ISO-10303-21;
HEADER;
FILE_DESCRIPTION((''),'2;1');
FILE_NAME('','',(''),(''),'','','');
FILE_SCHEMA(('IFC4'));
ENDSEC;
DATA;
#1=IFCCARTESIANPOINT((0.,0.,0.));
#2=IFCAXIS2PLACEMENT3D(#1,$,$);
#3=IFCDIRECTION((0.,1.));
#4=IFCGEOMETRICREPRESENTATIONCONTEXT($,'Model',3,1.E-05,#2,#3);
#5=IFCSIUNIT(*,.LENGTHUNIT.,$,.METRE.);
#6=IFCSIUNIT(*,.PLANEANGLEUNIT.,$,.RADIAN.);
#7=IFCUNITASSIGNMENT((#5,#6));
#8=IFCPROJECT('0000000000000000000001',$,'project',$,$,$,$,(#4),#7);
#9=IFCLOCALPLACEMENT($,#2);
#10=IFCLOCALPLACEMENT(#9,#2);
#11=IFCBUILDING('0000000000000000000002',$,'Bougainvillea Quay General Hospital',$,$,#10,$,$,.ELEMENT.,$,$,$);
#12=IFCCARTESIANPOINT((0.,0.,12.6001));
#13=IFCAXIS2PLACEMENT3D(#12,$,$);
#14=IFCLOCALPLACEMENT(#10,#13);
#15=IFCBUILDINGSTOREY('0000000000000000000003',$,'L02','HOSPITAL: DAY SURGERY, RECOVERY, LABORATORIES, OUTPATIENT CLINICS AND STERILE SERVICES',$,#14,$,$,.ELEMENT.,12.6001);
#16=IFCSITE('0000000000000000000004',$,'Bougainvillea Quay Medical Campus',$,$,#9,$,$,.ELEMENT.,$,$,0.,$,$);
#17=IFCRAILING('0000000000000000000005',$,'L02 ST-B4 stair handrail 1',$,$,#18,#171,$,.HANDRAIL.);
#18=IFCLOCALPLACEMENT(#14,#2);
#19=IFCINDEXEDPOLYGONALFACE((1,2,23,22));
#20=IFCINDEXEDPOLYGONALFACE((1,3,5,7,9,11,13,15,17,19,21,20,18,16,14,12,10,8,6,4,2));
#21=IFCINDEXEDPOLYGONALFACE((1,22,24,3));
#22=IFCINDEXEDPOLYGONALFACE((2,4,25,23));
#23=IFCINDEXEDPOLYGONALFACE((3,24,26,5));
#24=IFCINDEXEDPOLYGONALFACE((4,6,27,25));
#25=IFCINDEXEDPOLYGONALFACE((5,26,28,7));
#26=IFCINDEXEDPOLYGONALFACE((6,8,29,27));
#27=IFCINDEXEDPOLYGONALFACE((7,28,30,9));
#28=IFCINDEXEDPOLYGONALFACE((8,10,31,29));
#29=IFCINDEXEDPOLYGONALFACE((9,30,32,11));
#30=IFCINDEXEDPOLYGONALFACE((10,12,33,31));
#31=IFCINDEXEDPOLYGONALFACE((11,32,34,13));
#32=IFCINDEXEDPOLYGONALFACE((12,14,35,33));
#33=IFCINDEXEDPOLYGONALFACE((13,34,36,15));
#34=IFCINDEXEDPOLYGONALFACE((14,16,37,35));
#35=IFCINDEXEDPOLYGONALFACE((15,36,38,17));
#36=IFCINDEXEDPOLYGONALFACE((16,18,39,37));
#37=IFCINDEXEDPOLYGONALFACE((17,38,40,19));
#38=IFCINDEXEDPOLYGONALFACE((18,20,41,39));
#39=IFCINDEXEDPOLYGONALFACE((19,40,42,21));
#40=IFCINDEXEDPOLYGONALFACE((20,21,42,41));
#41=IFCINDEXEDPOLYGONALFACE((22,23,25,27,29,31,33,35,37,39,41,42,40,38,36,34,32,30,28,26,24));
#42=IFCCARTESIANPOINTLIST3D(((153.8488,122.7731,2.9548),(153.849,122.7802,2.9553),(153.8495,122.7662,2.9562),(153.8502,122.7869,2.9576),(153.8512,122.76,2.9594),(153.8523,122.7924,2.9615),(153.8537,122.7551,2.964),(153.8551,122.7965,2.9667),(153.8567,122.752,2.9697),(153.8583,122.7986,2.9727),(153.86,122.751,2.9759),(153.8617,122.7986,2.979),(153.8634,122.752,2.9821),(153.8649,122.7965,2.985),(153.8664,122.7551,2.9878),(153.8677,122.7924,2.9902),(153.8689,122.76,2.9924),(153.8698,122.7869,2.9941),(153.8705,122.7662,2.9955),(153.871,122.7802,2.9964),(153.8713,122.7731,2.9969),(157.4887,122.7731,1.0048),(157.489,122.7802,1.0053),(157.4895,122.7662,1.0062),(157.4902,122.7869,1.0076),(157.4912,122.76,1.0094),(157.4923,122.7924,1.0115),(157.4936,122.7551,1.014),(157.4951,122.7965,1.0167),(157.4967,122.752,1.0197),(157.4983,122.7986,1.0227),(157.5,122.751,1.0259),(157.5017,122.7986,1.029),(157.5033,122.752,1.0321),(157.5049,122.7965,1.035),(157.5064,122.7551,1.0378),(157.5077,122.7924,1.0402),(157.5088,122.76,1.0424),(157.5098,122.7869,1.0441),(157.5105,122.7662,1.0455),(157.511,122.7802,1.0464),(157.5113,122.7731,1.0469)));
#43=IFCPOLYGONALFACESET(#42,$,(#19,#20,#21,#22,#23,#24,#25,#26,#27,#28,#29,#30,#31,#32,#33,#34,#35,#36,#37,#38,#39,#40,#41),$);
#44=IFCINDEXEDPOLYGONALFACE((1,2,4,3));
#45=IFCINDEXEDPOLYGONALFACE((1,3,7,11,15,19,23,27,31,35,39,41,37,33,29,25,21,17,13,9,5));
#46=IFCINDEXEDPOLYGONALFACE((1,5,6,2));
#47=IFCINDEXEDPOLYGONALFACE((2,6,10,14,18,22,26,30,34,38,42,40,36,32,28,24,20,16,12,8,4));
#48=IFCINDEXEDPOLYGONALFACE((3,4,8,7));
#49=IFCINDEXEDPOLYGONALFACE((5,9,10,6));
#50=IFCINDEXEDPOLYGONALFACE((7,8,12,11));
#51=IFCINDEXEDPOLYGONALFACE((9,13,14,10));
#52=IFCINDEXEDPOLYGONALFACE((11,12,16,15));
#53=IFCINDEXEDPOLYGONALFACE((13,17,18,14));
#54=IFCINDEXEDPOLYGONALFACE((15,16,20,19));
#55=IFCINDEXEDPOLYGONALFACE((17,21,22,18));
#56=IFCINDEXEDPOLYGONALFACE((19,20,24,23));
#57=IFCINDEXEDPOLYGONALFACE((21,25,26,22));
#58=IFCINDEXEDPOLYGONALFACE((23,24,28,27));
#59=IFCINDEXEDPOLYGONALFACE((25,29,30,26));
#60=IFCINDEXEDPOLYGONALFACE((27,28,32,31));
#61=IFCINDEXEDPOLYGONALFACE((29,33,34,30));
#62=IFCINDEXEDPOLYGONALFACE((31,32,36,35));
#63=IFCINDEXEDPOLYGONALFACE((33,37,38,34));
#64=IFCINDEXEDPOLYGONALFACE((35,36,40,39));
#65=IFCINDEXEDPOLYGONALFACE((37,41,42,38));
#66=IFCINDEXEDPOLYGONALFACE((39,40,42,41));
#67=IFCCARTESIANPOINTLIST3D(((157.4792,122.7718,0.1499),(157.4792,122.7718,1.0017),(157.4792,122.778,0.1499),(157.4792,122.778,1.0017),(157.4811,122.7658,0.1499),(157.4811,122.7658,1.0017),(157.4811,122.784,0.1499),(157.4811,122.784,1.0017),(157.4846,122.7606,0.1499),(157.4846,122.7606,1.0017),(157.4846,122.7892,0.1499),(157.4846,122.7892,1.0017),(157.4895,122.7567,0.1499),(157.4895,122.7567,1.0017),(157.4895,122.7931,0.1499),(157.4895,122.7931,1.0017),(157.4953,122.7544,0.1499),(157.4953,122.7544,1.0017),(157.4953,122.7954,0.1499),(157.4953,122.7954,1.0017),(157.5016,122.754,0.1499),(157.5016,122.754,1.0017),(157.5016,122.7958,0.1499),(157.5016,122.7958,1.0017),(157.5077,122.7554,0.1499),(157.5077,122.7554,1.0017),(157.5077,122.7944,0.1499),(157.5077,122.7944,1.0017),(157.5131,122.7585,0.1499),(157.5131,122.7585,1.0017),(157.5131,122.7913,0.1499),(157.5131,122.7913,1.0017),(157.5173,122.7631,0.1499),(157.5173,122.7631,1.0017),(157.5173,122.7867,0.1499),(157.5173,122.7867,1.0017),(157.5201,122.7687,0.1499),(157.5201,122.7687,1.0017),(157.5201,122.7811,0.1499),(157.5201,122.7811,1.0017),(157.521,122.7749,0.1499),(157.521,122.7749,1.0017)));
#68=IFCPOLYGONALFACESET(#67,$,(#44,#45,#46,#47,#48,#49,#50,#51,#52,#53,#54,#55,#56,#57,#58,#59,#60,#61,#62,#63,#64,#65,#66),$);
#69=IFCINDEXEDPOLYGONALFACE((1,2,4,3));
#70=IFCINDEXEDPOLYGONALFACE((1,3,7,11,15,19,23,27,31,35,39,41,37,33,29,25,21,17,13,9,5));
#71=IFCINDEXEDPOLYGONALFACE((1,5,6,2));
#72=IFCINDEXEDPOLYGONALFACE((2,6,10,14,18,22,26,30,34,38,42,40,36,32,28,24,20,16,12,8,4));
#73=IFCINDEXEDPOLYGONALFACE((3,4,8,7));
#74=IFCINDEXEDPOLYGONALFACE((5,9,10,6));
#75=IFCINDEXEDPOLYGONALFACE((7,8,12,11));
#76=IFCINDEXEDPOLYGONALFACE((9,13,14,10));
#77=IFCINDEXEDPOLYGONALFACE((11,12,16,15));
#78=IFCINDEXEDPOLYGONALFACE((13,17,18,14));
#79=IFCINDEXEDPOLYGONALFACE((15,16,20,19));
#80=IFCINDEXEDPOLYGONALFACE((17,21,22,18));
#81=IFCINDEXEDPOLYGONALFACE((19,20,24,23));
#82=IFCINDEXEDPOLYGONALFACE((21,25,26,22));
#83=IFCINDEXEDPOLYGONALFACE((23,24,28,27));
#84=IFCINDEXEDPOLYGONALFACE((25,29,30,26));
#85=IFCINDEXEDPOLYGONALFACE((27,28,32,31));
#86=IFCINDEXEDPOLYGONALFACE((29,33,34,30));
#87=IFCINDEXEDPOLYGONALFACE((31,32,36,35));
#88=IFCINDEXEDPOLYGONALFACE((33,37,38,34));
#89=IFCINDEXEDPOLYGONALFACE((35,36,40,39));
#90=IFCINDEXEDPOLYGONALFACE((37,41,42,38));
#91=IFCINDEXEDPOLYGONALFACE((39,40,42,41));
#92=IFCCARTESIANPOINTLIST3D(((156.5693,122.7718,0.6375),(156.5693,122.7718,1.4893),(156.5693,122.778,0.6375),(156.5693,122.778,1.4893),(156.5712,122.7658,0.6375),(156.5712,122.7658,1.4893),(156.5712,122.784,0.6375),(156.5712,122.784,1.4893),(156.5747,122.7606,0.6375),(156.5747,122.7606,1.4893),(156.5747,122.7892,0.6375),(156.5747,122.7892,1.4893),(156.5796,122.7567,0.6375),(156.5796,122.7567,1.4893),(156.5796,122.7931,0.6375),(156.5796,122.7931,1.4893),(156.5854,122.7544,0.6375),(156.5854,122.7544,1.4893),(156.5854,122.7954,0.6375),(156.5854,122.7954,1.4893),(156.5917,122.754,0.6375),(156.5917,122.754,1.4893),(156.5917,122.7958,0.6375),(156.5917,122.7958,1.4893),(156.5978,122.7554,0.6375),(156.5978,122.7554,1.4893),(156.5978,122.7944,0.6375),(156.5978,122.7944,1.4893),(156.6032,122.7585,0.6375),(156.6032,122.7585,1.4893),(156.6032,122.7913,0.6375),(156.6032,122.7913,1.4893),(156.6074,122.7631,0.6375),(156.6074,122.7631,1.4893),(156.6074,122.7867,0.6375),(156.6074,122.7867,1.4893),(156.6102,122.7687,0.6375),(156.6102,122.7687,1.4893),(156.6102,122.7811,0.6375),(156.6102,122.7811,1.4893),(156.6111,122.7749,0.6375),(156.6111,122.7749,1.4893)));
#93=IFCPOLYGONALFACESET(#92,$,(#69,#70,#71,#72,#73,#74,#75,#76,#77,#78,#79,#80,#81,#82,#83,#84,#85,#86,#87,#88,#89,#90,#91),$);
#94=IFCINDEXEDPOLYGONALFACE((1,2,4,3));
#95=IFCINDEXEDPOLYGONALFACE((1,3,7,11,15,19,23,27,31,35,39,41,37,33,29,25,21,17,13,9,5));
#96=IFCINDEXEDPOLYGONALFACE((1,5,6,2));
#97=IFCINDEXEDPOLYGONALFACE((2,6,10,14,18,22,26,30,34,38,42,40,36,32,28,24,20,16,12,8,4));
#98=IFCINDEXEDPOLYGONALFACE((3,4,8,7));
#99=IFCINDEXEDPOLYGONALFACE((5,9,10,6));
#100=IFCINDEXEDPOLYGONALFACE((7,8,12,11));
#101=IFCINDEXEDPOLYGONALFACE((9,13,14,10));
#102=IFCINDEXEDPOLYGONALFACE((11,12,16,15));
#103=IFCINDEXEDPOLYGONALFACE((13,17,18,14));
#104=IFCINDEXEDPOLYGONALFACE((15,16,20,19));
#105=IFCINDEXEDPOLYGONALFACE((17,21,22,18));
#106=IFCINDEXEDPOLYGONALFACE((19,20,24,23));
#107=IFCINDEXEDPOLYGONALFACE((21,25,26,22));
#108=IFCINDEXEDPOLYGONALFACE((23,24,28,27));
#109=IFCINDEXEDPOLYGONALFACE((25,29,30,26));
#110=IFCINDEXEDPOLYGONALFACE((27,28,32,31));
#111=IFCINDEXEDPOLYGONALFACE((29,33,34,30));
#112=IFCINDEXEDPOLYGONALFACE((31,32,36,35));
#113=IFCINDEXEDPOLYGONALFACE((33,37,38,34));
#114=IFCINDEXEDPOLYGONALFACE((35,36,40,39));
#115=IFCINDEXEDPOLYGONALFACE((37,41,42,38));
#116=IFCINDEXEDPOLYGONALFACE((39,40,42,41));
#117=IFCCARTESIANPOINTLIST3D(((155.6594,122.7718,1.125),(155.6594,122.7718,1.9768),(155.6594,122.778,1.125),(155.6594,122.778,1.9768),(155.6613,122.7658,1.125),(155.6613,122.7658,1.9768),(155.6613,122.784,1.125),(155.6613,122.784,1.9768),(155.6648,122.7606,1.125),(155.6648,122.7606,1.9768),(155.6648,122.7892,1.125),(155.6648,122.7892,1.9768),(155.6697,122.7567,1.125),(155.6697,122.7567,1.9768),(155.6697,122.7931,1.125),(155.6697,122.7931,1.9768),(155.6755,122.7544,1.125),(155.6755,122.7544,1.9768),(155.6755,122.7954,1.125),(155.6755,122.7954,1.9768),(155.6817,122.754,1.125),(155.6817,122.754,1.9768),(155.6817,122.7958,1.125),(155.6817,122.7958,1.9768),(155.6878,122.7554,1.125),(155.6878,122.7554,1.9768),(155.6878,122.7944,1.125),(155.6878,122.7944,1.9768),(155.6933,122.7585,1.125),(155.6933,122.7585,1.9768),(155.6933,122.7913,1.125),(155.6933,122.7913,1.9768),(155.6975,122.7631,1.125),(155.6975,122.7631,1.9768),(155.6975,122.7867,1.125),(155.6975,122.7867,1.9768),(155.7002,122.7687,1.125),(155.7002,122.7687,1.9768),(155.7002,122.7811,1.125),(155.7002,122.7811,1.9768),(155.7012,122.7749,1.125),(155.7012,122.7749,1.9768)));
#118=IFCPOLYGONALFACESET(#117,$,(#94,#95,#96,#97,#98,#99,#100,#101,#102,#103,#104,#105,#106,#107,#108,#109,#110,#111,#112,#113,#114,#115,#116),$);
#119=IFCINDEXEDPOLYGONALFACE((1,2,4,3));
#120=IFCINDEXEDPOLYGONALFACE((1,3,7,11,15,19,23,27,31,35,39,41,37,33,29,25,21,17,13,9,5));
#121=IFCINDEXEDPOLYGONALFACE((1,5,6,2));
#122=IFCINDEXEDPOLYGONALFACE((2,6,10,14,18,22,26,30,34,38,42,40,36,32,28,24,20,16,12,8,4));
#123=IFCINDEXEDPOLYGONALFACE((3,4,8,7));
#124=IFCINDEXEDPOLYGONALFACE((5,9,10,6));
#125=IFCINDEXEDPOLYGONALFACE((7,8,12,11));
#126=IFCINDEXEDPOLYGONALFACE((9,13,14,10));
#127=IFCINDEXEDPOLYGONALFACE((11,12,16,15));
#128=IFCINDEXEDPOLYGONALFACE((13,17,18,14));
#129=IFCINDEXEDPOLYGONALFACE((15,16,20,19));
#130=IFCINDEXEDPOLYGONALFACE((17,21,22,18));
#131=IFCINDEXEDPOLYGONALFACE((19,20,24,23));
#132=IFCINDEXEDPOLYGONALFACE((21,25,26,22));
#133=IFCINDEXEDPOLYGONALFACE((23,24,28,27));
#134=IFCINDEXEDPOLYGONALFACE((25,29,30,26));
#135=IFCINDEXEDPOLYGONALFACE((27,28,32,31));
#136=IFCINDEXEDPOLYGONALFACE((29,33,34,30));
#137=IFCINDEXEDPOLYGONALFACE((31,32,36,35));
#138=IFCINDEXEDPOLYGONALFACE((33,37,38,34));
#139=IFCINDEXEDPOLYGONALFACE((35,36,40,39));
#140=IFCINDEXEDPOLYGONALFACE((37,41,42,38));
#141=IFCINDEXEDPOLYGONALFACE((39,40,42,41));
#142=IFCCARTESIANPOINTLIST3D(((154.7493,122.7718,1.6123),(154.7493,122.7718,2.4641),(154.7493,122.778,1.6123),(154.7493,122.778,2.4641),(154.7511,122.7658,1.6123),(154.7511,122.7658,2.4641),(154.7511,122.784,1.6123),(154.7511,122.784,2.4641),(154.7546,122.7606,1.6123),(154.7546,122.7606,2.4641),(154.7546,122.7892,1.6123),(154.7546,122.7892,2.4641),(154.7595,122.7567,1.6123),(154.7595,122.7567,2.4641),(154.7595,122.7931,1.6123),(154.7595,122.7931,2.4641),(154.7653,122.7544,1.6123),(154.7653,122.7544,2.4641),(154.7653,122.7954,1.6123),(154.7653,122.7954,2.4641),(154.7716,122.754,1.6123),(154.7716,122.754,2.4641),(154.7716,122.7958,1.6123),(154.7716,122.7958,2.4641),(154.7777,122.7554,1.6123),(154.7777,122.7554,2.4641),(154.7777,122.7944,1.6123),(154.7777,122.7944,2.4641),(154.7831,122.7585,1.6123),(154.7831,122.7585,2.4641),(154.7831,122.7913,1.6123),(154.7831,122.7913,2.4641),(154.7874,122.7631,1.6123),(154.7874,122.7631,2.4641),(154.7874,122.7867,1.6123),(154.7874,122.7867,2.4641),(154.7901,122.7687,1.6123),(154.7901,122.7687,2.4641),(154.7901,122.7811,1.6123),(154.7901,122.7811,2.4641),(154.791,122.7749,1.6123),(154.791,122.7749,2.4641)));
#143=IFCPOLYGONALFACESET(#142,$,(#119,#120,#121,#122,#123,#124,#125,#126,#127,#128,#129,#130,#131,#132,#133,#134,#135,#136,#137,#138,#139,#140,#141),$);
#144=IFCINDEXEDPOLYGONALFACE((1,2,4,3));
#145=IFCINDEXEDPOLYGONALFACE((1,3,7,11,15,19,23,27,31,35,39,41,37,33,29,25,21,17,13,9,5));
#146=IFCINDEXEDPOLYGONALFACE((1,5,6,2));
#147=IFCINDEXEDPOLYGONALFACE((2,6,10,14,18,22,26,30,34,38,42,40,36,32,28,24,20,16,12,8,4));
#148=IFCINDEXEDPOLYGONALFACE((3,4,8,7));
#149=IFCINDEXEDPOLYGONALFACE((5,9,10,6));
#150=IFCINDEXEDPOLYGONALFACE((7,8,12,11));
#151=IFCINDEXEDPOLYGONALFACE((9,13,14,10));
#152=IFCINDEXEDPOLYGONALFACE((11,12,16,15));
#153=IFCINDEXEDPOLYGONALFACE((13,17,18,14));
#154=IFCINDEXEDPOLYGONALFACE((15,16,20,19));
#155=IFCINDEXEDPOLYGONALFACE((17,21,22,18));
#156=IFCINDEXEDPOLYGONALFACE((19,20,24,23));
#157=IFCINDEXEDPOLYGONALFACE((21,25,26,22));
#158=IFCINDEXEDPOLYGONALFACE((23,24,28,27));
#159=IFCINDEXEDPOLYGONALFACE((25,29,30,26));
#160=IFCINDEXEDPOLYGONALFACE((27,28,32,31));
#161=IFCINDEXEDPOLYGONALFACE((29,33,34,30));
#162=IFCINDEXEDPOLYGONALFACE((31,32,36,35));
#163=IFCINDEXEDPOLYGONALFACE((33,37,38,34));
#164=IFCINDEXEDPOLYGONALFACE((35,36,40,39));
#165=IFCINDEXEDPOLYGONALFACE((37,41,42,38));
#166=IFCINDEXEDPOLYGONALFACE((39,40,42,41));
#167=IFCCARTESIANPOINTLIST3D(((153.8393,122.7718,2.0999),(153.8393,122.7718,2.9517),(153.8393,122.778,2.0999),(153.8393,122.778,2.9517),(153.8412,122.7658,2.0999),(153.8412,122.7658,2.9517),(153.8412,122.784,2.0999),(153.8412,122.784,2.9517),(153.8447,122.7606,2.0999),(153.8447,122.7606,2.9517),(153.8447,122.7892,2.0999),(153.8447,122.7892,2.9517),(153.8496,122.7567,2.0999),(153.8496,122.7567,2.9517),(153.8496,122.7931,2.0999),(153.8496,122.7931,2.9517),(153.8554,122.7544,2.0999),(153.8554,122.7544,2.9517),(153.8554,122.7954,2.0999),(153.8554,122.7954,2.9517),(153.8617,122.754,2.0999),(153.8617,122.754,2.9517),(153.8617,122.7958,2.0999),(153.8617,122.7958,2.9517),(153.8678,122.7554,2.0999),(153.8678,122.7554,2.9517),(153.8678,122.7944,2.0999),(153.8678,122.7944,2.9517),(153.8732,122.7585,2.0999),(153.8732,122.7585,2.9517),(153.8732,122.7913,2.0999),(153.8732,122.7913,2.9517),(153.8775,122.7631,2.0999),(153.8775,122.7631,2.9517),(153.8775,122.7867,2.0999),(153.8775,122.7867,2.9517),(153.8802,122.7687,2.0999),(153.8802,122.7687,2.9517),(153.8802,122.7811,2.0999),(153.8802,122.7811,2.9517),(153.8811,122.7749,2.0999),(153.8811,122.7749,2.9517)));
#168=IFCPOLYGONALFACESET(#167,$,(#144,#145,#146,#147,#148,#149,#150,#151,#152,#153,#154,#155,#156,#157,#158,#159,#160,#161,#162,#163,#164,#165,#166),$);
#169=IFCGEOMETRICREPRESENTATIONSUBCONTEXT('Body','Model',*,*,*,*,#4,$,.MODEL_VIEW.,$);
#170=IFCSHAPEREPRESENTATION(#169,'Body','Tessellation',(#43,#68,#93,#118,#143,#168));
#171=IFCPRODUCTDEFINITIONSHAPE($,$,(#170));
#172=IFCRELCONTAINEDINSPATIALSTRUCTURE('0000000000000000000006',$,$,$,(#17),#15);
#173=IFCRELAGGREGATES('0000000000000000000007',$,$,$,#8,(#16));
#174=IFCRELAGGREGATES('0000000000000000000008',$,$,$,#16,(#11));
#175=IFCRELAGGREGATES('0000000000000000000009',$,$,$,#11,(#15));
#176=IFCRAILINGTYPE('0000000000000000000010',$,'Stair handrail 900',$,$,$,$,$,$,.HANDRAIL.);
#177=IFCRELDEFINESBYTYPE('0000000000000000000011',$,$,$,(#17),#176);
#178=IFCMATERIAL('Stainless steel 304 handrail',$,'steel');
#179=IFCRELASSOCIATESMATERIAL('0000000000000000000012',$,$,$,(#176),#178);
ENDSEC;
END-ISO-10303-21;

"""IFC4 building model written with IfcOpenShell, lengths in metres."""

from ifc_helpers import new_model, si_unit, direction, frame, origin, origin_2d, place, context, subcontext, project, spatial, circle, extrude, material, type_object, element, save


model = new_model("IFC4")

# Units and contexts
model_context = context("Model", 3, precision=1e-05, world=origin(), true_north=direction((0.0, 1.0)))
body_context = subcontext(model_context, "Body", "Model", "MODEL_VIEW")
ifc_project = project(units=[si_unit("LENGTHUNIT", "METRE"), si_unit("PLANEANGLEUNIT", "RADIAN")], contexts=[model_context])

# Site, building, storey
site_placement = place(None, origin())
site = spatial("IfcSite", under=ifc_project, at=site_placement, Name="Bougainvillea Quay Medical Campus", CompositionType="ELEMENT", RefElevation=0.0)
building_placement = place(site_placement, origin())
building = spatial("IfcBuilding", under=site, at=building_placement, Name="Bougainvillea Quay General Hospital", CompositionType="ELEMENT")
storey_placement = place(building_placement, frame((0.0, 0.0, 12.6001)))
storey = spatial("IfcBuildingStorey", under=building, at=storey_placement, Name="L02", Description="HOSPITAL: DAY SURGERY, RECOVERY, LABORATORIES, OUTPATIENT CLINICS AND STERILE SERVICES", CompositionType="ELEMENT", Elevation=12.6001)

# Railing
ifc_material_1 = material(Name="Stainless steel 304 handrail", Category="steel")
railing_type_1 = type_object("IfcRailingType", Name="Stair handrail 900", PredefinedType="HANDRAIL", material=ifc_material_1)
railing_1_placement = place(storey_placement, frame((157.5, 122.7749, 0.1499)))
element("IfcRailing", 1, at=railing_1_placement, inside=storey, type_object=railing_type_1, Name="L02 ST-B4 stair handrail 1", PredefinedType="HANDRAIL", context=body_context, shape_type="SweptSolid", body=[
    extrude(circle(Radius=0.0239, at=origin_2d()), frame((0.0, 0.0, 0.876), z_axis=(-0.881479, 0.0, 0.472223), x_axis=(0.0, -1.0, 0.0)), (0.0, 0.0, 1.0), 4.1294),
    extrude(circle(Radius=0.021, at=origin_2d()), origin(), (0.0, 0.0, 1.0), 0.8518),
    extrude(circle(Radius=0.021, at=origin_2d()), frame((-0.9099, 0.0, 0.4875)), (0.0, 0.0, 1.0), 0.8518),
    extrude(circle(Radius=0.021, at=origin_2d()), frame((-1.8198, 0.0, 0.9751)), (0.0, 0.0, 1.0), 0.8518),
    extrude(circle(Radius=0.021, at=origin_2d()), frame((-2.73, 0.0, 1.4624)), (0.0, 0.0, 1.0), 0.8518),
    extrude(circle(Radius=0.021, at=origin_2d()), frame((-3.6399, 0.0, 1.95)), (0.0, 0.0, 1.0), 0.8518),
])

save(model, "model.ifc")
